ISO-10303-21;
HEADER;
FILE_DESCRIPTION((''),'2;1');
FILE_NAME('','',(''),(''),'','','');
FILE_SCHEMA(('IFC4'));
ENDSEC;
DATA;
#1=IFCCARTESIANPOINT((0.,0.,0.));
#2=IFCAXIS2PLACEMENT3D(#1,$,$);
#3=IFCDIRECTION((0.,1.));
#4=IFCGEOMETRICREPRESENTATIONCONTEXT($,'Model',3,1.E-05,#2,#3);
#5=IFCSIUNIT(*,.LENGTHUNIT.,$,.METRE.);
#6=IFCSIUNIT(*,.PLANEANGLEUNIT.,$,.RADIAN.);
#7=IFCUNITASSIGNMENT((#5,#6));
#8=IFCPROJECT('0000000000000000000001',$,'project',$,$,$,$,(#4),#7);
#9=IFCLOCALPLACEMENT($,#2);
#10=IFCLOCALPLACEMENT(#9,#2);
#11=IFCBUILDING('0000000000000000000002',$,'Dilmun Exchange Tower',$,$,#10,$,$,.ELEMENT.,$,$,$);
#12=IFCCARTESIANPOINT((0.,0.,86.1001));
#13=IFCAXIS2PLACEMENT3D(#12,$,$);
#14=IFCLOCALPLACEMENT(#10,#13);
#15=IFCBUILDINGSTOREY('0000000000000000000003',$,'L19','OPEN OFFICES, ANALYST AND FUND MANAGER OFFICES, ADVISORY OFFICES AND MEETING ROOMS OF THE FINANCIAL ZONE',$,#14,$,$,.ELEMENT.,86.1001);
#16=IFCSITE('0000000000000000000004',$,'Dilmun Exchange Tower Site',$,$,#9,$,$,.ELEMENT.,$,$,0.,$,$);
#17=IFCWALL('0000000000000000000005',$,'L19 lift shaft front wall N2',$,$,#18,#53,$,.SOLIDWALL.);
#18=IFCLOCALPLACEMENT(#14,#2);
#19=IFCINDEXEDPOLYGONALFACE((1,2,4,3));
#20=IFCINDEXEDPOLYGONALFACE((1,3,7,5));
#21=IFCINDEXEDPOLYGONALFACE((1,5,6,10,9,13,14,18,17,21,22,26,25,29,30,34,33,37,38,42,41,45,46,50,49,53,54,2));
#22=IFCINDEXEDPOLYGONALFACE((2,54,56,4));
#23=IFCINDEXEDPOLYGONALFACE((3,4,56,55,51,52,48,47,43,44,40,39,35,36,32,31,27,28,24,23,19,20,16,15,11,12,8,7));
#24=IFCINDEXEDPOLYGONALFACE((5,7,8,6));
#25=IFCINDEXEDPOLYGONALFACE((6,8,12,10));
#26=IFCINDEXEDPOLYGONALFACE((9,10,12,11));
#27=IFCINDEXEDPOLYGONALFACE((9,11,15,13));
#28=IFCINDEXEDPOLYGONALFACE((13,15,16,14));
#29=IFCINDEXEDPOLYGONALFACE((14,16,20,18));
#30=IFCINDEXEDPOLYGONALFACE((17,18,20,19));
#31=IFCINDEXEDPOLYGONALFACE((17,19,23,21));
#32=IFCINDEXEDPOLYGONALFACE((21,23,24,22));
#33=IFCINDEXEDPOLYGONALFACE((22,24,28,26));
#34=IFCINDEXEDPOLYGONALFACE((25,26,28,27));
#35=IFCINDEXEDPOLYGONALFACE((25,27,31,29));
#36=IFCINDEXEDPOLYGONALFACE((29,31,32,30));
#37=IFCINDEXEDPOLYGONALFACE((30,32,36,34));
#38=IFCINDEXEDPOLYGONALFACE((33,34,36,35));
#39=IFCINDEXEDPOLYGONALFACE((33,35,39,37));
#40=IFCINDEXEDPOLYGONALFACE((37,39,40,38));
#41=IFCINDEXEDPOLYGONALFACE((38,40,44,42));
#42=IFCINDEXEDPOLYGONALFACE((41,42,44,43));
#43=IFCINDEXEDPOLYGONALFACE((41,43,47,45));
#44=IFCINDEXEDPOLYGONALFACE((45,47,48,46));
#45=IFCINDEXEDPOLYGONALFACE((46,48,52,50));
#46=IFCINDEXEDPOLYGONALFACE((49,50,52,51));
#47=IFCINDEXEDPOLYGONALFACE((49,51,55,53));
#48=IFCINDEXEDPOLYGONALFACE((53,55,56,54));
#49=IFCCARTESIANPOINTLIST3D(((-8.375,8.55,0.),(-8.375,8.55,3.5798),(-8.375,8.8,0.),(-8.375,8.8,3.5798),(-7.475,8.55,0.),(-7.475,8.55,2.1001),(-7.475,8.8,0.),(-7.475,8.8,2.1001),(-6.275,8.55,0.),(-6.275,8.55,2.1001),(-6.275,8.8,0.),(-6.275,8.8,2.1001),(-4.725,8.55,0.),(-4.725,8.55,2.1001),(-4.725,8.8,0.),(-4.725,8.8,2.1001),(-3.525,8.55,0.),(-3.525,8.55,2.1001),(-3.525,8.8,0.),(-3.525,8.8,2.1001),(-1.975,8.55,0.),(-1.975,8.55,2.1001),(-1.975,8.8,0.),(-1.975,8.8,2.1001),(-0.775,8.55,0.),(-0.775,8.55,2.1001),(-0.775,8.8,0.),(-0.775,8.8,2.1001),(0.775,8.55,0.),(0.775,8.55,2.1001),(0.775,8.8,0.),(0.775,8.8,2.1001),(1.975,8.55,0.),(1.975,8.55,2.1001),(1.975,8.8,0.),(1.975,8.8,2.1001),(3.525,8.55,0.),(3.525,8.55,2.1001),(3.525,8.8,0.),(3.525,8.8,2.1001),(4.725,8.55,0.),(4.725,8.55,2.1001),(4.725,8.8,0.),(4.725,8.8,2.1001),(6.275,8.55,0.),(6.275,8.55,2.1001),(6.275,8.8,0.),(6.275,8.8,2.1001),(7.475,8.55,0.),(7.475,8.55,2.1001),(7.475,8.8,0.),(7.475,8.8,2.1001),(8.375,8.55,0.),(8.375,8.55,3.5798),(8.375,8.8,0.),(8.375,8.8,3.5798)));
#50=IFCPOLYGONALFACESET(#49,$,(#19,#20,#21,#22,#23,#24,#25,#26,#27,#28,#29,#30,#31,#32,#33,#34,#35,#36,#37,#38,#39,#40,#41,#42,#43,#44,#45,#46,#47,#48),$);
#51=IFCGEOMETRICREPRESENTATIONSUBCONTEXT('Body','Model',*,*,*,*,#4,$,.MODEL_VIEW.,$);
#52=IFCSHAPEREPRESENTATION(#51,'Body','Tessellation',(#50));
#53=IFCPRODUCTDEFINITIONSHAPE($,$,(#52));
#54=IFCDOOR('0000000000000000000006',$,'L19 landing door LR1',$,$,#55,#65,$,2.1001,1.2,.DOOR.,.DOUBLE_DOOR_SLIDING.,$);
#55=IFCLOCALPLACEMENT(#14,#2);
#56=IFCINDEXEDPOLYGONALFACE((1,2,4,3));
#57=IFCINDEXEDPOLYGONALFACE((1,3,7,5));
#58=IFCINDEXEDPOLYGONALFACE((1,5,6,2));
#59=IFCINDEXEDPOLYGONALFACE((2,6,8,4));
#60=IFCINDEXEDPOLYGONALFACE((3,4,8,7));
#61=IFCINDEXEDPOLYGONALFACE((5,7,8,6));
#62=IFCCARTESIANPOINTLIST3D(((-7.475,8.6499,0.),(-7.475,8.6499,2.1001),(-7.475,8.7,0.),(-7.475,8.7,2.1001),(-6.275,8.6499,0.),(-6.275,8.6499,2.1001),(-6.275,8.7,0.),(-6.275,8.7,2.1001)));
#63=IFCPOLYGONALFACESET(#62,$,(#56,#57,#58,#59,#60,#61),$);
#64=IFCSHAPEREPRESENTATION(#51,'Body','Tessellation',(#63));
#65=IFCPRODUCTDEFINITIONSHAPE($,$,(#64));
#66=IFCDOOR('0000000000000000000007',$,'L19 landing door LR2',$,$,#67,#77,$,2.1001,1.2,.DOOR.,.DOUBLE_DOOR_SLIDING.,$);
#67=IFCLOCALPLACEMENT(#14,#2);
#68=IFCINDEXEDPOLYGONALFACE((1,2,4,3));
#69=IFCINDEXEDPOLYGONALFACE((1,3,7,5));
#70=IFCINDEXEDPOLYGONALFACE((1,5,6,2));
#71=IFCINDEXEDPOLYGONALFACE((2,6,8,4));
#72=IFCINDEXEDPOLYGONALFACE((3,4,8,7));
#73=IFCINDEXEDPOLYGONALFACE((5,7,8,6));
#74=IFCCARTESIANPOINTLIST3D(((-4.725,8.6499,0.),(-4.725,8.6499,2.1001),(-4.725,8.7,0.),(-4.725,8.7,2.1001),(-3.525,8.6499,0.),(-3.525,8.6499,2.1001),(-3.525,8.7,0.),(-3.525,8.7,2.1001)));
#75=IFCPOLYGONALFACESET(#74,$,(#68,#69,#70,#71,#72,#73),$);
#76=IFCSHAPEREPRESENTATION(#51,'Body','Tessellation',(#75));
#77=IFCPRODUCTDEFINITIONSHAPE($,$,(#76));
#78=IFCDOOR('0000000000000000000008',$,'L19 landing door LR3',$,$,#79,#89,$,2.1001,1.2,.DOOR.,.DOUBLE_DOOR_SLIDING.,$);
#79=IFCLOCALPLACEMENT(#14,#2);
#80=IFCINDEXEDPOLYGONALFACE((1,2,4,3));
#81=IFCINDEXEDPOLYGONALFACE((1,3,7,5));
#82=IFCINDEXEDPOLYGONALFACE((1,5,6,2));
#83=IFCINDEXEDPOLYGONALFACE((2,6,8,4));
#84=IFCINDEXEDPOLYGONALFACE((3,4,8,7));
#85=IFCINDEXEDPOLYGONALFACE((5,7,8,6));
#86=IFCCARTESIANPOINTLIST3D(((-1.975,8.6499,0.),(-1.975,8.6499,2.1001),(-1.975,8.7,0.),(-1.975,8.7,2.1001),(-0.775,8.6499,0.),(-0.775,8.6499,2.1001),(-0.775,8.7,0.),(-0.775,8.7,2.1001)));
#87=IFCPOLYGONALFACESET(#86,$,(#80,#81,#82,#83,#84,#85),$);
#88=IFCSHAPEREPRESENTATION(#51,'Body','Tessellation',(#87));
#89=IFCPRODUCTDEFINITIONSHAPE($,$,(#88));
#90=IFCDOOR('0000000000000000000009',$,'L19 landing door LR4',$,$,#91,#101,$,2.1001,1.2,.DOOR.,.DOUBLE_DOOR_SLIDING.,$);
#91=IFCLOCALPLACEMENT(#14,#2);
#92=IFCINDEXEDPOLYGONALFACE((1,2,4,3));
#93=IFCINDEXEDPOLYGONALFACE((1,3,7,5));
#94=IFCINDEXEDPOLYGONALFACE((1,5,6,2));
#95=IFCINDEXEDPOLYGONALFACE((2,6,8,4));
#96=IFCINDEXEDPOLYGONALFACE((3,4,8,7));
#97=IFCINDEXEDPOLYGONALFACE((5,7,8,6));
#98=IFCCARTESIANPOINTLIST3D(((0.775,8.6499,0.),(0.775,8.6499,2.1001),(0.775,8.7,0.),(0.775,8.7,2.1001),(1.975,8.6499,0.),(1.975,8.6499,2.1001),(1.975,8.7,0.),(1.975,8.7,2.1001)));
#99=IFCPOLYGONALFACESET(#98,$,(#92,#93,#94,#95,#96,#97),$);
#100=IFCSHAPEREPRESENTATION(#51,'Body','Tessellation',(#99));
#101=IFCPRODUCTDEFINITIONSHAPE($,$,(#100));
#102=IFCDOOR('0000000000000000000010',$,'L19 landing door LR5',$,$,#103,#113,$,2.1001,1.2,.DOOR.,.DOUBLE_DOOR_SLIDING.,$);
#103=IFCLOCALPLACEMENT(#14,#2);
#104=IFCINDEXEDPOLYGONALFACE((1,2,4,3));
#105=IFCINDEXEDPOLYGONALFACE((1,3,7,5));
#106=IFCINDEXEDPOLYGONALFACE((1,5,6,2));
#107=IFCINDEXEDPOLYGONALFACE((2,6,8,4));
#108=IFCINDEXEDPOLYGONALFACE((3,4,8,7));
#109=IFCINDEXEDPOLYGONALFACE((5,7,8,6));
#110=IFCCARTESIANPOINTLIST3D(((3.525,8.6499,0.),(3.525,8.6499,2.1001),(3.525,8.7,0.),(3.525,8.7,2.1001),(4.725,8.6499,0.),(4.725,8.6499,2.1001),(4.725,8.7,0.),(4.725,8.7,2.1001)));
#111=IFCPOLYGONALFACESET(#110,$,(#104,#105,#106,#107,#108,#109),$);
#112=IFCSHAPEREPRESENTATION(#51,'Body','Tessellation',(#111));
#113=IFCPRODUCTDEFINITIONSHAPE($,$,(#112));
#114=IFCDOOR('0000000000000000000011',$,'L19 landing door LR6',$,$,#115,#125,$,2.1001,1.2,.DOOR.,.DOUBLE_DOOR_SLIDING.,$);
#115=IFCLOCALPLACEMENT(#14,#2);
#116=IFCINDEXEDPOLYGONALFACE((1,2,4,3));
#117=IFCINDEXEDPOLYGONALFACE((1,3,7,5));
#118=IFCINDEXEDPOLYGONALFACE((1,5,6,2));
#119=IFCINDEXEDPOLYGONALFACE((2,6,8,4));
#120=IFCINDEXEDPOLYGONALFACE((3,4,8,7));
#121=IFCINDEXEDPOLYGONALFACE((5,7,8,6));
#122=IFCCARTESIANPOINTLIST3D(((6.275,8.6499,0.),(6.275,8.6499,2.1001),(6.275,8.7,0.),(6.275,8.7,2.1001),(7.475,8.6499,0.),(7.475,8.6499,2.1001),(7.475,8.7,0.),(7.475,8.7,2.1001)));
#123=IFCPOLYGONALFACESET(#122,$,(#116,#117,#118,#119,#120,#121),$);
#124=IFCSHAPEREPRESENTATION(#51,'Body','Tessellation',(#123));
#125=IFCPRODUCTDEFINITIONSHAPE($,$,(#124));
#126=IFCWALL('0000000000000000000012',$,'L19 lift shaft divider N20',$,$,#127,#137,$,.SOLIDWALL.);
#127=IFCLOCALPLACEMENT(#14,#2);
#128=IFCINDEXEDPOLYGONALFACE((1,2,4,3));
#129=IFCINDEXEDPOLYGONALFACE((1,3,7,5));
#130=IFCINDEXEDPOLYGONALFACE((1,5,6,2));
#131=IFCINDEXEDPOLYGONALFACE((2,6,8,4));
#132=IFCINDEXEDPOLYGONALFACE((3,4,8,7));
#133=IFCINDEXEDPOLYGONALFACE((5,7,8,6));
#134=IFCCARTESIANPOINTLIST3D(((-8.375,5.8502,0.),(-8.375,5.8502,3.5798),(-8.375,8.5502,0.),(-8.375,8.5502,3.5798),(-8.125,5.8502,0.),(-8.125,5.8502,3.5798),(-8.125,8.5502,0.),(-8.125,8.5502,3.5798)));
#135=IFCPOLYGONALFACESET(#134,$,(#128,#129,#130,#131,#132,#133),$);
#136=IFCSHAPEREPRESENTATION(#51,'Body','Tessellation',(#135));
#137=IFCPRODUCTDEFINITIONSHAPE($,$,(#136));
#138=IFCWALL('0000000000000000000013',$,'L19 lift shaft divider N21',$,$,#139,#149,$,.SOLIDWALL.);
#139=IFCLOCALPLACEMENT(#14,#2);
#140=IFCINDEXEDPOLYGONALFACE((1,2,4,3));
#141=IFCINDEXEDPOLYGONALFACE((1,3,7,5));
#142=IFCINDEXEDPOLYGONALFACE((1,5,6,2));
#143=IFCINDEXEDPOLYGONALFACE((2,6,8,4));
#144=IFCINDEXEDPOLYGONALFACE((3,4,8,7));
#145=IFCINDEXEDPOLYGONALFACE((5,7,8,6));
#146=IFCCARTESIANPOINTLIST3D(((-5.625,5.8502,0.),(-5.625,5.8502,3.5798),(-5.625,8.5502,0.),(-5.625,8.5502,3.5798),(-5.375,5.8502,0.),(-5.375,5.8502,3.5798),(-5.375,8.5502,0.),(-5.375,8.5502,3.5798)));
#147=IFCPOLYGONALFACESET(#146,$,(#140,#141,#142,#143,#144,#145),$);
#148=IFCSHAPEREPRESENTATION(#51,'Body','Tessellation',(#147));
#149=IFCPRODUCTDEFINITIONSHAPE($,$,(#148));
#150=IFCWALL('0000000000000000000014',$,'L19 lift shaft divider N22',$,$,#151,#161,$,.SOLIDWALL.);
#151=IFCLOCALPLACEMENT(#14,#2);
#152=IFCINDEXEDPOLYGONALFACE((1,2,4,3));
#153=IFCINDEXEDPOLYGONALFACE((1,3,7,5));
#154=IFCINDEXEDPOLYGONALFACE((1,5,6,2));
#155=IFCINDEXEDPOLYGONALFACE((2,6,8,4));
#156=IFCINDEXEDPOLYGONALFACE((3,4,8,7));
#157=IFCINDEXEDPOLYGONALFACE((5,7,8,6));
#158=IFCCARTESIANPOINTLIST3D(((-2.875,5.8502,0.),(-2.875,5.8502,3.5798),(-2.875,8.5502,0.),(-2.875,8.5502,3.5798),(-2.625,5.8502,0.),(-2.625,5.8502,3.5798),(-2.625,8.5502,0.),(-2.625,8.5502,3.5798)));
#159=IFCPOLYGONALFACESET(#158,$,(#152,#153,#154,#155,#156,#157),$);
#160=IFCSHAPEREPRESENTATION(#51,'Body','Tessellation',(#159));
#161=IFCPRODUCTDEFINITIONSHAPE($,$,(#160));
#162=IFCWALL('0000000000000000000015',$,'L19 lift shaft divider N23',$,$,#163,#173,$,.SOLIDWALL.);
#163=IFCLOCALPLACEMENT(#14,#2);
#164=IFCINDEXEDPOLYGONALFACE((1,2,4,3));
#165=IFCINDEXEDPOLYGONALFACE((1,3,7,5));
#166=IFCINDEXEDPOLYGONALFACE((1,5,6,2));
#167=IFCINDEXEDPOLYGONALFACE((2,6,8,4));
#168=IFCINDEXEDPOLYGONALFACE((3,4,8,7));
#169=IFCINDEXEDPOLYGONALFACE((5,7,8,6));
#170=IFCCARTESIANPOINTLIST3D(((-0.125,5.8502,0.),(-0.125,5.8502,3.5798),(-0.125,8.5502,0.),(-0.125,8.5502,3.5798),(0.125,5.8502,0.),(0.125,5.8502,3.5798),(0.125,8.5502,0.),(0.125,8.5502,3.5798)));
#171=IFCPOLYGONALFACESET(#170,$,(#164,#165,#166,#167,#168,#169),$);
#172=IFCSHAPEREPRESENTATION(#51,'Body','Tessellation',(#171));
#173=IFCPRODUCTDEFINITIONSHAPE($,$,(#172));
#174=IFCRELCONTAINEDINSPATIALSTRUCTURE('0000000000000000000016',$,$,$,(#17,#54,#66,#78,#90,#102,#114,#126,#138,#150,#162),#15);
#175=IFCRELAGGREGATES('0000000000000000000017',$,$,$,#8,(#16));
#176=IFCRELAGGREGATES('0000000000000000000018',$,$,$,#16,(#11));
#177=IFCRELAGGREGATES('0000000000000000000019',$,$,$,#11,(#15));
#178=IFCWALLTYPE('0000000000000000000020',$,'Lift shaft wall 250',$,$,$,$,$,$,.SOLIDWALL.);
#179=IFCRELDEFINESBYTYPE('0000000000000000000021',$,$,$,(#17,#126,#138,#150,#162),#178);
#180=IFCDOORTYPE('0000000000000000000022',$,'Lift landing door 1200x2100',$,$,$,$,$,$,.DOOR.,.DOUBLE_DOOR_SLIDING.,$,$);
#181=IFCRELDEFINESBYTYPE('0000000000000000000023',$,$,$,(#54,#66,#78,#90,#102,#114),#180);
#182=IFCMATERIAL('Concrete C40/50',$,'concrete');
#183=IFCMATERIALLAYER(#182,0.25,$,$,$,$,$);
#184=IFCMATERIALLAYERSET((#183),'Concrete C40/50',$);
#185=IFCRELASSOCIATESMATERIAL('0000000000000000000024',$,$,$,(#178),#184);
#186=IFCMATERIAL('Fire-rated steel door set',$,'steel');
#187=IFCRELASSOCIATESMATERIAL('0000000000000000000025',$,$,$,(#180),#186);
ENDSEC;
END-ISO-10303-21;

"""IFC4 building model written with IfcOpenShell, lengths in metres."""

from ifc_helpers import new_model, si_unit, direction, frame, frame_2d, origin, place, context, subcontext, project, spatial, rectangle, extrude, material, layer, layer_set, type_object, element, fill, save


model = new_model("IFC4")

# Units and contexts
model_context = context("Model", 3, precision=1e-05, world=origin(), true_north=direction((0.0, 1.0)))
body_context = subcontext(model_context, "Body", "Model", "MODEL_VIEW")
ifc_project = project(units=[si_unit("LENGTHUNIT", "METRE"), si_unit("PLANEANGLEUNIT", "RADIAN")], contexts=[model_context])

# Site, building, storey
site_placement = place(None, origin())
site = spatial("IfcSite", under=ifc_project, at=site_placement, Name="Dilmun Exchange Tower Site", CompositionType="ELEMENT", RefElevation=0.0)
building_placement = place(site_placement, origin())
building = spatial("IfcBuilding", under=site, at=building_placement, Name="Dilmun Exchange Tower", CompositionType="ELEMENT")
storey_placement = place(building_placement, frame((0.0, 0.0, 86.1001)))
storey = spatial("IfcBuildingStorey", under=building, at=storey_placement, Name="L19", Description="OPEN OFFICES, ANALYST AND FUND MANAGER OFFICES, ADVISORY OFFICES AND MEETING ROOMS OF THE FINANCIAL ZONE", CompositionType="ELEMENT", Elevation=86.1001)

# Shared definitions
ifc_material_1 = material(Name="Concrete C40/50", Category="concrete")

# Shared definitions
ifc_material_2 = material(Name="Fire-rated steel door set", Category="steel")

# Wall, openings, doors
ifc_layer_1 = layer(ifc_material_1, 0.25)
ifc_layer_set_1 = layer_set([ifc_layer_1], Name="Concrete C40/50")
wall_type_1 = type_object("IfcWallType", Name="Lift shaft wall 250", PredefinedType="SOLIDWALL", material=ifc_layer_set_1)
wall_1_placement = place(storey_placement, frame((-8.375, 8.675, 0.0), z_axis=(0.0, 0.0, 1.0), x_axis=(1.0, 0.0, 0.0)))
wall_1 = element("IfcWall", 1, at=wall_1_placement, inside=storey, type_object=wall_type_1, Name="L19 lift shaft front wall N2", PredefinedType="SOLIDWALL", context=body_context, shape_type="SweptSolid", body=[
    extrude(rectangle(XDim=16.75, YDim=0.25, at=frame_2d((8.375, 0.0))), origin(), (0.0, 0.0, 1.0), 3.5798),
])
opening_1_placement = place(wall_1_placement, frame((0.8999, 0.0, 0.0)))
opening_1 = element("IfcOpeningElement", 2, at=opening_1_placement, cuts=wall_1, PredefinedType="OPENING", context=body_context, shape_type="SweptSolid", body=[
    extrude(rectangle(XDim=1.2, YDim=2.1001, at=frame_2d((0.6001, 1.05))), frame((0.0, 0.135, 0.0), z_axis=(0.0, -1.0, 0.0), x_axis=(1.0, 0.0, 0.0)), (0.0, 0.0, 1.0), 0.27),
])
opening_2_placement = place(wall_1_placement, frame((3.6499, 0.0, 0.0)))
opening_2 = element("IfcOpeningElement", 3, at=opening_2_placement, cuts=wall_1, PredefinedType="OPENING", context=body_context, shape_type="SweptSolid", body=[
    extrude(rectangle(XDim=1.2, YDim=2.1001, at=frame_2d((0.6001, 1.05))), frame((0.0, 0.135, 0.0), z_axis=(0.0, -1.0, 0.0), x_axis=(1.0, 0.0, 0.0)), (0.0, 0.0, 1.0), 0.27),
])
opening_3_placement = place(wall_1_placement, frame((6.3999, 0.0, 0.0)))
opening_3 = element("IfcOpeningElement", 4, at=opening_3_placement, cuts=wall_1, PredefinedType="OPENING", context=body_context, shape_type="SweptSolid", body=[
    extrude(rectangle(XDim=1.2, YDim=2.1001, at=frame_2d((0.6001, 1.05))), frame((0.0, 0.135, 0.0), z_axis=(0.0, -1.0, 0.0), x_axis=(1.0, 0.0, 0.0)), (0.0, 0.0, 1.0), 0.27),
])
opening_4_placement = place(wall_1_placement, frame((9.1499, 0.0, 0.0)))
opening_4 = element("IfcOpeningElement", 5, at=opening_4_placement, cuts=wall_1, PredefinedType="OPENING", context=body_context, shape_type="SweptSolid", body=[
    extrude(rectangle(XDim=1.2, YDim=2.1001, at=frame_2d((0.6001, 1.05))), frame((0.0, 0.135, 0.0), z_axis=(0.0, -1.0, 0.0), x_axis=(1.0, 0.0, 0.0)), (0.0, 0.0, 1.0), 0.27),
])
opening_5_placement = place(wall_1_placement, frame((11.8999, 0.0, 0.0)))
opening_5 = element("IfcOpeningElement", 6, at=opening_5_placement, cuts=wall_1, PredefinedType="OPENING", context=body_context, shape_type="SweptSolid", body=[
    extrude(rectangle(XDim=1.2, YDim=2.1001, at=frame_2d((0.6001, 1.05))), frame((0.0, 0.135, 0.0), z_axis=(0.0, -1.0, 0.0), x_axis=(1.0, 0.0, 0.0)), (0.0, 0.0, 1.0), 0.27),
])
opening_6_placement = place(wall_1_placement, frame((14.6499, 0.0, 0.0)))
opening_6 = element("IfcOpeningElement", 7, at=opening_6_placement, cuts=wall_1, PredefinedType="OPENING", context=body_context, shape_type="SweptSolid", body=[
    extrude(rectangle(XDim=1.2, YDim=2.1001, at=frame_2d((0.6001, 1.05))), frame((0.0, 0.135, 0.0), z_axis=(0.0, -1.0, 0.0), x_axis=(1.0, 0.0, 0.0)), (0.0, 0.0, 1.0), 0.27),
])
door_type_1 = type_object("IfcDoorType", Name="Lift landing door 1200x2100", OperationType="DOUBLE_DOOR_SLIDING", PredefinedType="DOOR", material=ifc_material_2)
door_1_placement = place(opening_1_placement, origin())
door_1 = element("IfcDoor", 8, at=door_1_placement, inside=storey, type_object=door_type_1, Name="L19 landing door LR1", OperationType="DOUBLE_DOOR_SLIDING", OverallHeight=2.1001, OverallWidth=1.2, PredefinedType="DOOR", context=body_context, shape_type="SweptSolid", body=[
    extrude(rectangle(XDim=1.2, YDim=2.1001, at=frame_2d((0.6001, 1.05))), frame((0.0, 0.0249, 0.0), z_axis=(0.0, -1.0, 0.0), x_axis=(1.0, 0.0, 0.0)), (0.0, 0.0, 1.0), 0.05),
])
fill(opening_1, door_1)
door_2_placement = place(opening_2_placement, origin())
door_2 = element("IfcDoor", 9, at=door_2_placement, inside=storey, type_object=door_type_1, Name="L19 landing door LR2", OperationType="DOUBLE_DOOR_SLIDING", OverallHeight=2.1001, OverallWidth=1.2, PredefinedType="DOOR", context=body_context, shape_type="SweptSolid", body=[
    extrude(rectangle(XDim=1.2, YDim=2.1001, at=frame_2d((0.6001, 1.05))), frame((0.0, 0.0249, 0.0), z_axis=(0.0, -1.0, 0.0), x_axis=(1.0, 0.0, 0.0)), (0.0, 0.0, 1.0), 0.05),
])
fill(opening_2, door_2)
door_3_placement = place(opening_3_placement, origin())
door_3 = element("IfcDoor", 10, at=door_3_placement, inside=storey, type_object=door_type_1, Name="L19 landing door LR3", OperationType="DOUBLE_DOOR_SLIDING", OverallHeight=2.1001, OverallWidth=1.2, PredefinedType="DOOR", context=body_context, shape_type="SweptSolid", body=[
    extrude(rectangle(XDim=1.2, YDim=2.1001, at=frame_2d((0.6001, 1.05))), frame((0.0, 0.0249, 0.0), z_axis=(0.0, -1.0, 0.0), x_axis=(1.0, 0.0, 0.0)), (0.0, 0.0, 1.0), 0.05),
])
fill(opening_3, door_3)
door_4_placement = place(opening_4_placement, origin())
door_4 = element("IfcDoor", 11, at=door_4_placement, inside=storey, type_object=door_type_1, Name="L19 landing door LR4", OperationType="DOUBLE_DOOR_SLIDING", OverallHeight=2.1001, OverallWidth=1.2, PredefinedType="DOOR", context=body_context, shape_type="SweptSolid", body=[
    extrude(rectangle(XDim=1.2, YDim=2.1001, at=frame_2d((0.6001, 1.05))), frame((0.0, 0.0249, 0.0), z_axis=(0.0, -1.0, 0.0), x_axis=(1.0, 0.0, 0.0)), (0.0, 0.0, 1.0), 0.05),
])
fill(opening_4, door_4)
door_5_placement = place(opening_5_placement, origin())
door_5 = element("IfcDoor", 12, at=door_5_placement, inside=storey, type_object=door_type_1, Name="L19 landing door LR5", OperationType="DOUBLE_DOOR_SLIDING", OverallHeight=2.1001, OverallWidth=1.2, PredefinedType="DOOR", context=body_context, shape_type="SweptSolid", body=[
    extrude(rectangle(XDim=1.2, YDim=2.1001, at=frame_2d((0.6001, 1.05))), frame((0.0, 0.0249, 0.0), z_axis=(0.0, -1.0, 0.0), x_axis=(1.0, 0.0, 0.0)), (0.0, 0.0, 1.0), 0.05),
])
fill(opening_5, door_5)
door_6_placement = place(opening_6_placement, origin())
door_6 = element("IfcDoor", 13, at=door_6_placement, inside=storey, type_object=door_type_1, Name="L19 landing door LR6", OperationType="DOUBLE_DOOR_SLIDING", OverallHeight=2.1001, OverallWidth=1.2, PredefinedType="DOOR", context=body_context, shape_type="SweptSolid", body=[
    extrude(rectangle(XDim=1.2, YDim=2.1001, at=frame_2d((0.6001, 1.05))), frame((0.0, 0.0249, 0.0), z_axis=(0.0, -1.0, 0.0), x_axis=(1.0, 0.0, 0.0)), (0.0, 0.0, 1.0), 0.05),
])
fill(opening_6, door_6)

# Walls
for number, where, z_axis, x_axis, name in (
    (14, (-8.25, 5.8501, 0.0), (0.0, 0.0, 1.0), (0.0, 1.0, 0.0), "L19 lift shaft divider N20"),
    (15, (-5.5, 5.8501, 0.0), (0.0, 0.0, 1.0), (0.0, 1.0, 0.0), "L19 lift shaft divider N21"),
    (16, (-2.75, 5.8501, 0.0), (0.0, 0.0, 1.0), (0.0, 1.0, 0.0), "L19 lift shaft divider N22"),
    (17, (0.0, 5.8501, 0.0), (0.0, 0.0, 1.0), (0.0, 1.0, 0.0), "L19 lift shaft divider N23"),
):
    element("IfcWall", number, at=place(storey_placement, frame(where, z_axis=z_axis, x_axis=x_axis)), inside=storey, type_object=wall_type_1, Name=name, PredefinedType="SOLIDWALL", context=body_context, shape_type="SweptSolid", body=[
        extrude(rectangle(XDim=2.7, YDim=0.25, at=frame_2d((1.3501, 0.0))), origin(), (0.0, 0.0, 1.0), 3.5798),
    ])

save(model, "model.ifc")
